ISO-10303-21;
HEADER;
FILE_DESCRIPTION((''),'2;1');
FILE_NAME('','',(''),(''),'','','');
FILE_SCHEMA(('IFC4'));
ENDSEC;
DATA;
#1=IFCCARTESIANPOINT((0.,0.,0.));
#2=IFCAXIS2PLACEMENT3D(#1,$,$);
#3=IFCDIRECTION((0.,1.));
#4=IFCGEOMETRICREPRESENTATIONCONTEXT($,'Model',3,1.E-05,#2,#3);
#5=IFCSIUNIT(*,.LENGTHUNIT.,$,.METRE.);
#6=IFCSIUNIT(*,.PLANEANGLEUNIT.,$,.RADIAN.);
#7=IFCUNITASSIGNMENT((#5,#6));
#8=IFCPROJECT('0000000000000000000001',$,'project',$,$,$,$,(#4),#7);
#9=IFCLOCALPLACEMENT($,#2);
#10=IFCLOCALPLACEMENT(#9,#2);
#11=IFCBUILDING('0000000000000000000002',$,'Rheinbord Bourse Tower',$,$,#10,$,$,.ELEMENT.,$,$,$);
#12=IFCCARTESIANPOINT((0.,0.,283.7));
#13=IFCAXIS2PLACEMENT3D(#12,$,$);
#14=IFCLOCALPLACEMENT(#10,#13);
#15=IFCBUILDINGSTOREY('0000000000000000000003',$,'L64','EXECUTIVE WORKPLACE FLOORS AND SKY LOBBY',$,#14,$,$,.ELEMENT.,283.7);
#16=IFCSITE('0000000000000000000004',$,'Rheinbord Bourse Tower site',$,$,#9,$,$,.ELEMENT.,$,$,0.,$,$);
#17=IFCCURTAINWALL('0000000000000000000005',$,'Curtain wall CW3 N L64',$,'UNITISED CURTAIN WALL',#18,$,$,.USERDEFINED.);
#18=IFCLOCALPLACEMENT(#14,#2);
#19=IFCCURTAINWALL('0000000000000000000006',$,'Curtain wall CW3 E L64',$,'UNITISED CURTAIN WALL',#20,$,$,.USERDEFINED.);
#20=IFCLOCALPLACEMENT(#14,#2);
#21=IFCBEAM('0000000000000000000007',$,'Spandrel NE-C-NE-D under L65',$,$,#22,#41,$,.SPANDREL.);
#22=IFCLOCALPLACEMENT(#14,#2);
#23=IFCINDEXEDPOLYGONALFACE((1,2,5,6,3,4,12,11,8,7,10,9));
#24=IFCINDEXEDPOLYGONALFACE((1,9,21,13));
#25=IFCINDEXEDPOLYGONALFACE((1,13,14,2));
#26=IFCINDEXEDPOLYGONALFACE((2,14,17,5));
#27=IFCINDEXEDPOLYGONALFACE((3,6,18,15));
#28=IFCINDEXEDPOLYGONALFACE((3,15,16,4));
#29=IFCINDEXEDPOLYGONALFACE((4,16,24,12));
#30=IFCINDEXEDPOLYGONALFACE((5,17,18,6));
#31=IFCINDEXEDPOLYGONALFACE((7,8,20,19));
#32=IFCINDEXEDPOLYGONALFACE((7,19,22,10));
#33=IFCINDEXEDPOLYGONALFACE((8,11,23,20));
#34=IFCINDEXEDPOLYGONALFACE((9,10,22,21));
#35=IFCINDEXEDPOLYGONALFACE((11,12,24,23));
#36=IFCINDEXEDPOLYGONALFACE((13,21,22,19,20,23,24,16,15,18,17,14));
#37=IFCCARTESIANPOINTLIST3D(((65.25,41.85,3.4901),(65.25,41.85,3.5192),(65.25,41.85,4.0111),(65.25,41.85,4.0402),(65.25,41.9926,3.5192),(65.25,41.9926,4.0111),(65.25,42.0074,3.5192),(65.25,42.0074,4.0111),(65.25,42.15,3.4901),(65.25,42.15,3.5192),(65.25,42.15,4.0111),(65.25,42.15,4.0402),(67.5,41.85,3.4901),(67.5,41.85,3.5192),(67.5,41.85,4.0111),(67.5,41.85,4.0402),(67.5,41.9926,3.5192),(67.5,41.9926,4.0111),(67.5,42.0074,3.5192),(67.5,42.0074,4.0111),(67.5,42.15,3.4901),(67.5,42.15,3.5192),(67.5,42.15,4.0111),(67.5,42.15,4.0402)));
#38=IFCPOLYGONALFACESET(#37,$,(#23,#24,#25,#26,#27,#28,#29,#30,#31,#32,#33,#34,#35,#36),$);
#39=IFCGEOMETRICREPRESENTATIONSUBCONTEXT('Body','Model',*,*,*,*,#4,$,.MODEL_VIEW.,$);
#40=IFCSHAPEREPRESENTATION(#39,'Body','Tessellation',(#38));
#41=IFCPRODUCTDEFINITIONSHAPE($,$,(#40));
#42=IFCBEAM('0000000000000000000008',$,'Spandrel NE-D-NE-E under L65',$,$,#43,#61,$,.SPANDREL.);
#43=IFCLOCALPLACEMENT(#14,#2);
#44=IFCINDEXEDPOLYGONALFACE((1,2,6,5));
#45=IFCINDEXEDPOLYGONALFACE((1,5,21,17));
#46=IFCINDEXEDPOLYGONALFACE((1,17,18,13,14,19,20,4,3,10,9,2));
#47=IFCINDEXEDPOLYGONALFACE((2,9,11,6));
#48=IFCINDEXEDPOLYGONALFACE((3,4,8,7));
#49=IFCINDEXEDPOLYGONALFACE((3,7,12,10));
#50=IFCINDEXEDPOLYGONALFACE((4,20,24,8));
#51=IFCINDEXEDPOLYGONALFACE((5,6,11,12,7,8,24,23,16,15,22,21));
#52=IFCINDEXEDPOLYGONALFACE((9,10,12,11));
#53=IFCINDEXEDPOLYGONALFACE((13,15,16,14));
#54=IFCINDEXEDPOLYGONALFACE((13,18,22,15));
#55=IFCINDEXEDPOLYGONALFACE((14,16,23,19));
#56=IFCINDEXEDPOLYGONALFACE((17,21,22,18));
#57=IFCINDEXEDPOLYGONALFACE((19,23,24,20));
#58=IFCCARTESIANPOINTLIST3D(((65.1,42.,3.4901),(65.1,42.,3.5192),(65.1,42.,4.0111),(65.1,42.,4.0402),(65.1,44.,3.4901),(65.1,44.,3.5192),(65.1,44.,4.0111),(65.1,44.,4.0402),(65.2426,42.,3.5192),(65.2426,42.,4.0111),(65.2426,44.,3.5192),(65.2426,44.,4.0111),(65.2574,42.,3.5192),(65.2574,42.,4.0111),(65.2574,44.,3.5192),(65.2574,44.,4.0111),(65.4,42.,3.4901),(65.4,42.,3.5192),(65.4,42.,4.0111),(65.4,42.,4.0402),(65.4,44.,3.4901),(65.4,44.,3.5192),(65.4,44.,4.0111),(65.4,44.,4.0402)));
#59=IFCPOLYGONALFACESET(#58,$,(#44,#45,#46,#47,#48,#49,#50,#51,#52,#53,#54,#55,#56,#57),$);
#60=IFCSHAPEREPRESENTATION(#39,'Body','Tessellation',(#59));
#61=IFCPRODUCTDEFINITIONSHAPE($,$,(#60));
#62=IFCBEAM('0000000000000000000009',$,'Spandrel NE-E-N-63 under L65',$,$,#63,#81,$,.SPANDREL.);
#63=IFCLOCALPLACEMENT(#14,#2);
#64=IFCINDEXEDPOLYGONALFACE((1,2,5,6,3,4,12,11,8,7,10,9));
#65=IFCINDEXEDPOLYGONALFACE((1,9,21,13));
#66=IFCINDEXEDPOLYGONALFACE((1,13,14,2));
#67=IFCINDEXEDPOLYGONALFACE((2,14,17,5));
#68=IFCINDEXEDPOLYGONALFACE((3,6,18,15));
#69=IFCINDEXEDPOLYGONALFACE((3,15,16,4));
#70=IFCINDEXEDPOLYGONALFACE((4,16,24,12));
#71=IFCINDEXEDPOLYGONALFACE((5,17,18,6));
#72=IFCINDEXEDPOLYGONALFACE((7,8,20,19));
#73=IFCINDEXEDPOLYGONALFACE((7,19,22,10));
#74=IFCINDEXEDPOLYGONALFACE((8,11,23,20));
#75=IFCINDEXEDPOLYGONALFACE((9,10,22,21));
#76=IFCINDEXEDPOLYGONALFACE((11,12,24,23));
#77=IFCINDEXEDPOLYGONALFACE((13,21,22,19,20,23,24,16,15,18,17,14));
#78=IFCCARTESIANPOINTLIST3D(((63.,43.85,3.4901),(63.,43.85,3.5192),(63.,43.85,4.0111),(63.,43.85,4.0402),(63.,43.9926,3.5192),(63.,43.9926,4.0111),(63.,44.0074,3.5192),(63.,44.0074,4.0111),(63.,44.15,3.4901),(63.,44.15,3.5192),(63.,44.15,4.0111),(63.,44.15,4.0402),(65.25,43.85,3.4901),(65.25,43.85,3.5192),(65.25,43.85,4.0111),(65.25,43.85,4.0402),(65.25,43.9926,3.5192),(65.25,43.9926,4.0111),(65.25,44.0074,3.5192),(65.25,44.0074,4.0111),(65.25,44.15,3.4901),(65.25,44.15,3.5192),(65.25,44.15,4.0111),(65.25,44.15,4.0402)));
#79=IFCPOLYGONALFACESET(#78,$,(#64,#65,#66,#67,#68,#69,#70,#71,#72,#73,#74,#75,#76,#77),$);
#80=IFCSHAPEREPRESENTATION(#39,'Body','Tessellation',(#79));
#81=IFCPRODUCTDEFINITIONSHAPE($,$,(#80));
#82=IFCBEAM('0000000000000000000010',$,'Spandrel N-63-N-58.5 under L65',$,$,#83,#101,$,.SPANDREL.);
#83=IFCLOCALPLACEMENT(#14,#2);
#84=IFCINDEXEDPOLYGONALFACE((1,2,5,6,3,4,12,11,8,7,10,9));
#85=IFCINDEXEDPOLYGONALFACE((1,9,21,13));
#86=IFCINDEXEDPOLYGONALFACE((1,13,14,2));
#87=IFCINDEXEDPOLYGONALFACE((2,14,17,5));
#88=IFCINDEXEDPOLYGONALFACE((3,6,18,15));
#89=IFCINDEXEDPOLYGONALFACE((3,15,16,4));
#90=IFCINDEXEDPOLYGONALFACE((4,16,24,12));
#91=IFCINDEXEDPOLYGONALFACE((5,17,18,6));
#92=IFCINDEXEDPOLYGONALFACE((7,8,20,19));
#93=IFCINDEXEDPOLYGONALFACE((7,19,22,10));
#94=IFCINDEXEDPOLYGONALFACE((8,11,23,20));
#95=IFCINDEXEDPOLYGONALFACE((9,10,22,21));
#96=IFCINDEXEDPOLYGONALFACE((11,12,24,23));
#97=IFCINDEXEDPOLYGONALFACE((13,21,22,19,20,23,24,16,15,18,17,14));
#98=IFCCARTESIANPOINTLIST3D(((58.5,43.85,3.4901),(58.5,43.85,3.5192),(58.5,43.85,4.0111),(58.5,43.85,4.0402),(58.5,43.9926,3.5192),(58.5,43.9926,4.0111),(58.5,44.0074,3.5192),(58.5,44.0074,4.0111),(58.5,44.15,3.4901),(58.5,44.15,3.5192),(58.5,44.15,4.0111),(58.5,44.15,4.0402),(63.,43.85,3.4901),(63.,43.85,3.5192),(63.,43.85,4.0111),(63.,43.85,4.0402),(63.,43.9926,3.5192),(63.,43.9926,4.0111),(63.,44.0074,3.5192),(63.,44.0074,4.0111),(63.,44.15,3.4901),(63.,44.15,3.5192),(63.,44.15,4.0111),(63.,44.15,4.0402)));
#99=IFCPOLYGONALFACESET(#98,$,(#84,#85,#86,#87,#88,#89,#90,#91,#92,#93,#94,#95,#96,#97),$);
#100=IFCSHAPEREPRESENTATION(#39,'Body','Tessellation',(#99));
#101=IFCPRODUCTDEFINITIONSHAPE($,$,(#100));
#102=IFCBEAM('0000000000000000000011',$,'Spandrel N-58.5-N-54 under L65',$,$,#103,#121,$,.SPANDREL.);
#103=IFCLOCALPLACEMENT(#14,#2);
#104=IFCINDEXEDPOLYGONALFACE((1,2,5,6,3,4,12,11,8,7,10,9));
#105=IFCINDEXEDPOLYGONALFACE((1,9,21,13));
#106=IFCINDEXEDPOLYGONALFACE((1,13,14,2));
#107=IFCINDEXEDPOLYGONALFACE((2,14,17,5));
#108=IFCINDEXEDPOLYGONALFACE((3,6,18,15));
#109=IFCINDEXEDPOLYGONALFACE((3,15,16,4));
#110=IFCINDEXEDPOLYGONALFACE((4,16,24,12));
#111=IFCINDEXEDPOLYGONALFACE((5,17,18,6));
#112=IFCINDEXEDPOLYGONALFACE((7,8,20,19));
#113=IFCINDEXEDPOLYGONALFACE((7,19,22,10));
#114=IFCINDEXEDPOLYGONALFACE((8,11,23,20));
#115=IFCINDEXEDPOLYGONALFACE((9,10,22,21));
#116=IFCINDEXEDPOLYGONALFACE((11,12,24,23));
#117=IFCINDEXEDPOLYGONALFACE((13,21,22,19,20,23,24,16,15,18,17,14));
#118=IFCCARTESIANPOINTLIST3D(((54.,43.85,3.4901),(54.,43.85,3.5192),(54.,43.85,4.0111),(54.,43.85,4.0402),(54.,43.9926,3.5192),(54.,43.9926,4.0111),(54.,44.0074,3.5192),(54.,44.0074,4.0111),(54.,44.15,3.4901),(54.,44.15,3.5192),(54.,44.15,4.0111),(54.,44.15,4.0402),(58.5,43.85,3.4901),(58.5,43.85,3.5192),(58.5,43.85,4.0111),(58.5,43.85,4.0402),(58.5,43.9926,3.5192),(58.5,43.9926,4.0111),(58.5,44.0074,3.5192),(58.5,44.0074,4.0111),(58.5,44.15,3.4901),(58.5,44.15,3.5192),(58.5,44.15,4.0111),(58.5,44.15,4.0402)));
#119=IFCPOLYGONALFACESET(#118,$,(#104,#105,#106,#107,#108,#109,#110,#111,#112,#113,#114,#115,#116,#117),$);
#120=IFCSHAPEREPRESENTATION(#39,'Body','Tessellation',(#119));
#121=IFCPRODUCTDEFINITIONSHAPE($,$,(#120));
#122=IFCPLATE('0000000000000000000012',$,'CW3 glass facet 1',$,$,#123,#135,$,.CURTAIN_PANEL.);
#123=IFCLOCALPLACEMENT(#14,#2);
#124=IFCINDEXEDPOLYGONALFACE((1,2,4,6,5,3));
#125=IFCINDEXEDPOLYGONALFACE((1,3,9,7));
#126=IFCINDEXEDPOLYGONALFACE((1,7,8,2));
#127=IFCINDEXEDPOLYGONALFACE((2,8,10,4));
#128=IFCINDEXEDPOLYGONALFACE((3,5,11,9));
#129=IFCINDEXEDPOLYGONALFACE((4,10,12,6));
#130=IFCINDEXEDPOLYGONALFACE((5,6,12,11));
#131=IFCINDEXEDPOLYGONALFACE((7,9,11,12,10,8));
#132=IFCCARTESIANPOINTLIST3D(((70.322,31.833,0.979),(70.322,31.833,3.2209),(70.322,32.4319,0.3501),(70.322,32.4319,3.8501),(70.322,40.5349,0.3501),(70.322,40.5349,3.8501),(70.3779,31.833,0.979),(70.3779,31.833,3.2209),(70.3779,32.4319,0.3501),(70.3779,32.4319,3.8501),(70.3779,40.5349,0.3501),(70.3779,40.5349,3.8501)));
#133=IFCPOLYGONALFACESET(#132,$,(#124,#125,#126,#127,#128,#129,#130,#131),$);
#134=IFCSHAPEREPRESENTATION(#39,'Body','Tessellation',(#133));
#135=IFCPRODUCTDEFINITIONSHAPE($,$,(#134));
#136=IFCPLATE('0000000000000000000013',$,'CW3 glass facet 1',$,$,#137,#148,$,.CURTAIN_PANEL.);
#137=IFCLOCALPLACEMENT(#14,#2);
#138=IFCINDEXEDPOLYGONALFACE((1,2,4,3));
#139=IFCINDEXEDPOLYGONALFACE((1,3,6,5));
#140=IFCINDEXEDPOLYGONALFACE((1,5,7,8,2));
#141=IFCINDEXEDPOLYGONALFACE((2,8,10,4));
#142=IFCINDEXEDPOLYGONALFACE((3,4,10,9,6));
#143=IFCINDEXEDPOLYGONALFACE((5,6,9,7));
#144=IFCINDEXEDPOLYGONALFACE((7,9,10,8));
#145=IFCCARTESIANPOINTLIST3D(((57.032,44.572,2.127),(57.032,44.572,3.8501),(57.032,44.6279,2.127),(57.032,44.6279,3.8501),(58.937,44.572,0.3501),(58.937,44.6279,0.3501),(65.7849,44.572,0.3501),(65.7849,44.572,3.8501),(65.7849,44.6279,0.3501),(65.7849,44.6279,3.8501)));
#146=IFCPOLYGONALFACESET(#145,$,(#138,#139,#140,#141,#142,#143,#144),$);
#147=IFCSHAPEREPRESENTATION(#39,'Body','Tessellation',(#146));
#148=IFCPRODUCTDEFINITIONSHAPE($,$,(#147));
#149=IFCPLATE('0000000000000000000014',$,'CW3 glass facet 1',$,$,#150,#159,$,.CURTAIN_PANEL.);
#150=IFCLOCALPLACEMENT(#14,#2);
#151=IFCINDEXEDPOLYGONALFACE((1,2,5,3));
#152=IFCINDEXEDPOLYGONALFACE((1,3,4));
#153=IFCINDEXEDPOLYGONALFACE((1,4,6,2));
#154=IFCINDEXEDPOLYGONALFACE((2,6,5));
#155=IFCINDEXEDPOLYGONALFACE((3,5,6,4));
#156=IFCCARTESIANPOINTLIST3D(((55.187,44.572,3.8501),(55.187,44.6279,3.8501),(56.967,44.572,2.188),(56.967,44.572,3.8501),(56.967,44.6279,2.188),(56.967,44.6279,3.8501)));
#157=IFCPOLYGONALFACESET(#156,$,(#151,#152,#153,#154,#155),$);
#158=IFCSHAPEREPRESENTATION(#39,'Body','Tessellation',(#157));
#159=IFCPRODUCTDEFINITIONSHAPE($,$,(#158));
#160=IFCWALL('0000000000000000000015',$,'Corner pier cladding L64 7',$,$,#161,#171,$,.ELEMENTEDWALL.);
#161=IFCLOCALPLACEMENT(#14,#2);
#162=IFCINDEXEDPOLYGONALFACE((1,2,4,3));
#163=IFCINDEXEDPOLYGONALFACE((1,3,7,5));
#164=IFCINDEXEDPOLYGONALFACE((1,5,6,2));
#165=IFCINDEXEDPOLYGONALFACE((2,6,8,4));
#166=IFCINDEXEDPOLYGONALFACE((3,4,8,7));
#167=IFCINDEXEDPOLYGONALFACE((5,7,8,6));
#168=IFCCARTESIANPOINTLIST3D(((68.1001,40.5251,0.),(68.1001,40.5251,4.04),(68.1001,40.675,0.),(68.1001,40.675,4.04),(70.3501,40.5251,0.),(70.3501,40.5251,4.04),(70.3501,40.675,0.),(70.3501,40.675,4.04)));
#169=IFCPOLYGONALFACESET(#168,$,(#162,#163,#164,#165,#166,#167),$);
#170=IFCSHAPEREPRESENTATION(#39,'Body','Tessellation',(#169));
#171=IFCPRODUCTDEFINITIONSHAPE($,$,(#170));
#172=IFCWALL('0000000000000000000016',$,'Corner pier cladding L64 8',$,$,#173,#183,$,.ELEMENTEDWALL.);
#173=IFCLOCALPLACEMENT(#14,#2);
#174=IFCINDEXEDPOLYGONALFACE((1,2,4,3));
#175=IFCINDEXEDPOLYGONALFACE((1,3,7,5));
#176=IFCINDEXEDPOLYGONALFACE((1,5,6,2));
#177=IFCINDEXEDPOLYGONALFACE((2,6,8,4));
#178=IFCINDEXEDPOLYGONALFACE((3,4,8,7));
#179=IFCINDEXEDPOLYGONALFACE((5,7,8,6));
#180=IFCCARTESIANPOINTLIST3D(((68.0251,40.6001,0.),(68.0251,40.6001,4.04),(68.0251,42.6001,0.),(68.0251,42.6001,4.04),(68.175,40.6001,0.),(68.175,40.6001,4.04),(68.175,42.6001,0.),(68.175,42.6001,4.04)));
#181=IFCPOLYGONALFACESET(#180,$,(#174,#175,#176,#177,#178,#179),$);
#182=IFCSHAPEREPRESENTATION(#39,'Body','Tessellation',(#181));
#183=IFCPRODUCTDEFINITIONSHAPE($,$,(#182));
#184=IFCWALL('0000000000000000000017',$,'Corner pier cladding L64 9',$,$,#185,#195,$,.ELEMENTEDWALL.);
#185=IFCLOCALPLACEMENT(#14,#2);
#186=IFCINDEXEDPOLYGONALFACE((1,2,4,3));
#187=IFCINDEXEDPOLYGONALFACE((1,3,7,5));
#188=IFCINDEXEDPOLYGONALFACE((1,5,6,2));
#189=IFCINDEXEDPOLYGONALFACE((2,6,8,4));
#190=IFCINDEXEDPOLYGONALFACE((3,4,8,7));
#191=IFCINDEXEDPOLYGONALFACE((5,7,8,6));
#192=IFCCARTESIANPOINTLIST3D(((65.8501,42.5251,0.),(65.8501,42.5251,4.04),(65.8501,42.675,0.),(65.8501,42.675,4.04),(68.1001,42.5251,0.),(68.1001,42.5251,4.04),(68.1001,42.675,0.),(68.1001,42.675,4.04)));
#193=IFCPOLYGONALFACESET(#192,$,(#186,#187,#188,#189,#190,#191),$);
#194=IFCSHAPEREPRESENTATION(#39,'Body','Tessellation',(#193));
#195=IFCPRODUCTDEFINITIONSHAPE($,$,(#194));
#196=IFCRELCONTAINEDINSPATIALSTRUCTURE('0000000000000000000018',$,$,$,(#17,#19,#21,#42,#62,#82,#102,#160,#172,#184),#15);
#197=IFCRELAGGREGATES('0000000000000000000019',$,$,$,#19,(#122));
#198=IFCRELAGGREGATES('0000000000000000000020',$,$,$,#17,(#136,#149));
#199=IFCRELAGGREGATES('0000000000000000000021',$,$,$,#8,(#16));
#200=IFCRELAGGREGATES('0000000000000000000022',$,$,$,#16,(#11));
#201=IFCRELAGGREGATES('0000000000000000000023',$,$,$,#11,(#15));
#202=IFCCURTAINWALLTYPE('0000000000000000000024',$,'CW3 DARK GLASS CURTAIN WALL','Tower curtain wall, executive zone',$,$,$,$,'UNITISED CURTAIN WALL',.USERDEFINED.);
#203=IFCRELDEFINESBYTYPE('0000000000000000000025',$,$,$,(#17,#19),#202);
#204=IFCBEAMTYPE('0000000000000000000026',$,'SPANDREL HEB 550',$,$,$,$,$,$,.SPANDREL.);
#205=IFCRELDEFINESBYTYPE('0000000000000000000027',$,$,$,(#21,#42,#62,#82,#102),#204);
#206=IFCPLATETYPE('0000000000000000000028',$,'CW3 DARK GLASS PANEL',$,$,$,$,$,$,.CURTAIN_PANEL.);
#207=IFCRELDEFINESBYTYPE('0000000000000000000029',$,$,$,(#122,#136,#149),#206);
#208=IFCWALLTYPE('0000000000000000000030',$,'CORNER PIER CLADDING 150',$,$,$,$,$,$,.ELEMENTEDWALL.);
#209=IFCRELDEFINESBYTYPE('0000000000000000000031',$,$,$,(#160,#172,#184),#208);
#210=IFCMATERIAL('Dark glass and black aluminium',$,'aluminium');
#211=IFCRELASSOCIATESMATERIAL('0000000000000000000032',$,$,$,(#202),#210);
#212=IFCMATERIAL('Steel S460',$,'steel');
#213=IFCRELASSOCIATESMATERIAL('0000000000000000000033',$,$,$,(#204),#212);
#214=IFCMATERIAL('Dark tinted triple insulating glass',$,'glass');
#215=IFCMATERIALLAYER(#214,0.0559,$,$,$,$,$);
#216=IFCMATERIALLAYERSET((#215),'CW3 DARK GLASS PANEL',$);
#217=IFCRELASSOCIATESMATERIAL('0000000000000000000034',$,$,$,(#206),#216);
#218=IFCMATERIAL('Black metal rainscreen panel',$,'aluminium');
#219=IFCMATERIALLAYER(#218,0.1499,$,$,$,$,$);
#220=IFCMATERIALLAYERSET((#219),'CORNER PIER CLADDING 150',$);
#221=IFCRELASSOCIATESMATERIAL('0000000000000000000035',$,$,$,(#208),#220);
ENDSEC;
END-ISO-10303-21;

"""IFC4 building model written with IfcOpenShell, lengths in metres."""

from ifc_helpers import new_model, si_unit, direction, frame, frame_2d, origin, origin_2d, place, context, subcontext, project, spatial, polyline, rectangle, i_section, outline, extrude, material, layer, layer_set, material_profile, profile_set, type_object, element, aggregate, save


model = new_model("IFC4")

# Units and contexts
model_context = context("Model", 3, precision=1e-05, world=origin(), true_north=direction((0.0, 1.0)))
body_context = subcontext(model_context, "Body", "Model", "MODEL_VIEW")
ifc_project = project(units=[si_unit("LENGTHUNIT", "METRE"), si_unit("PLANEANGLEUNIT", "RADIAN")], contexts=[model_context])

# Site, building, storey
site_placement = place(None, origin())
site = spatial("IfcSite", under=ifc_project, at=site_placement, Name="Rheinbord Bourse Tower site", CompositionType="ELEMENT", RefElevation=0.0)
building_placement = place(site_placement, origin())
building = spatial("IfcBuilding", under=site, at=building_placement, Name="Rheinbord Bourse Tower", CompositionType="ELEMENT")
storey_placement = place(building_placement, frame((0.0, 0.0, 283.7)))
storey = spatial("IfcBuildingStorey", under=building, at=storey_placement, Name="L64", Description="EXECUTIVE WORKPLACE FLOORS AND SKY LOBBY", CompositionType="ELEMENT", Elevation=283.7)

# Curtain walls
ifc_material_1 = material(Name="Dark glass and black aluminium", Category="aluminium")
curtain_wall_type = type_object("IfcCurtainWallType", Name="CW3 DARK GLASS CURTAIN WALL", Description="Tower curtain wall, executive zone", ElementType="UNITISED CURTAIN WALL", PredefinedType="USERDEFINED", material=ifc_material_1)
curtain_wall_1_placement = place(storey_placement, origin())
curtain_wall_1 = element("IfcCurtainWall", 1, at=curtain_wall_1_placement, inside=storey, type_object=curtain_wall_type, Name="Curtain wall CW3 N L64", ObjectType="UNITISED CURTAIN WALL", PredefinedType="USERDEFINED")
curtain_wall_2_placement = place(storey_placement, origin())
curtain_wall_2 = element("IfcCurtainWall", 2, at=curtain_wall_2_placement, inside=storey, type_object=curtain_wall_type, Name="Curtain wall CW3 E L64", ObjectType="UNITISED CURTAIN WALL", PredefinedType="USERDEFINED")

# Beams
ifc_material_2 = material(Name="Steel S460", Category="steel")
ifc_material_profile_1 = material_profile(ifc_material_2, i_section(OverallWidth=0.3, OverallDepth=0.55, WebThickness=0.0149, FlangeThickness=0.0291, at=origin_2d()), Name="HEB 550")
ifc_profile_set_1 = profile_set([ifc_material_profile_1], Name="Steel S460")
beam_type_1 = type_object("IfcBeamType", Name="SPANDREL HEB 550", PredefinedType="SPANDREL", material=ifc_profile_set_1)
for number, where, z_axis, x_axis, name in (
    (3, (67.5, 42.0, 3.7651), (-1.0, 0.0, 0.0), (0.0, -1.0, 0.0), "Spandrel NE-C-NE-D under L65"),
):
    element("IfcBeam", number, at=place(storey_placement, frame(where, z_axis=z_axis, x_axis=x_axis)), inside=storey, type_object=beam_type_1, Name=name, PredefinedType="SPANDREL", context=body_context, shape_type="SweptSolid", body=[
        extrude(i_section(OverallWidth=0.3, OverallDepth=0.55, WebThickness=0.0149, FlangeThickness=0.0291, at=origin_2d()), origin(), (0.0, 0.0, 1.0), 2.25),
    ])
beam_1_placement = place(storey_placement, frame((65.25, 42.0, 3.7651), z_axis=(0.0, 1.0, 0.0), x_axis=(-1.0, 0.0, 0.0)))
element("IfcBeam", 4, at=beam_1_placement, inside=storey, type_object=beam_type_1, Name="Spandrel NE-D-NE-E under L65", PredefinedType="SPANDREL", context=body_context, shape_type="SweptSolid", body=[
    extrude(i_section(OverallWidth=0.3, OverallDepth=0.55, WebThickness=0.0149, FlangeThickness=0.0291, at=origin_2d()), origin(), (0.0, 0.0, 1.0), 2.0),
])
beam_2_placement = place(storey_placement, frame((65.25, 44.0, 3.7651), z_axis=(-1.0, 0.0, 0.0), x_axis=(0.0, -1.0, 0.0)))
element("IfcBeam", 5, at=beam_2_placement, inside=storey, type_object=beam_type_1, Name="Spandrel NE-E-N-63 under L65", PredefinedType="SPANDREL", context=body_context, shape_type="SweptSolid", body=[
    extrude(i_section(OverallWidth=0.3, OverallDepth=0.55, WebThickness=0.0149, FlangeThickness=0.0291, at=origin_2d()), origin(), (0.0, 0.0, 1.0), 2.25),
])
for number, where, z_axis, x_axis, name in (
    (6, (63.0, 44.0, 3.7651), (-1.0, 0.0, 0.0), (0.0, -1.0, 0.0), "Spandrel N-63-N-58.5 under L65"),
    (7, (58.5, 44.0, 3.7651), (-1.0, 0.0, 0.0), (0.0, -1.0, 0.0), "Spandrel N-58.5-N-54 under L65"),
):
    element("IfcBeam", number, at=place(storey_placement, frame(where, z_axis=z_axis, x_axis=x_axis)), inside=storey, type_object=beam_type_1, Name=name, PredefinedType="SPANDREL", context=body_context, shape_type="SweptSolid", body=[
        extrude(i_section(OverallWidth=0.3, OverallDepth=0.55, WebThickness=0.0149, FlangeThickness=0.0291, at=origin_2d()), origin(), (0.0, 0.0, 1.0), 4.5),
    ])

# Plates
ifc_material_3 = material(Name="Dark tinted triple insulating glass", Category="glass")
ifc_layer_1 = layer(ifc_material_3, 0.0559)
ifc_layer_set_1 = layer_set([ifc_layer_1], Name="CW3 DARK GLASS PANEL")
plate_type = type_object("IfcPlateType", Name="CW3 DARK GLASS PANEL", PredefinedType="CURTAIN_PANEL", material=ifc_layer_set_1)
plate_1_placement = place(storey_placement, frame((70.3779, 40.5349, 3.8501), z_axis=(-1.0, 0.0, 0.0), x_axis=(0.0, 0.0, -1.0)))
plate_1 = element("IfcPlate", 8, at=plate_1_placement, type_object=plate_type, Name="CW3 glass facet 1", PredefinedType="CURTAIN_PANEL", context=body_context, shape_type="SweptSolid", body=[
    extrude(outline(polyline([(0.0, 0.0), (3.5, 0.0), (3.5, 8.103), (2.8711, 8.7019), (0.6292, 8.7019), (0.0, 8.103), (0.0, 0.0)])), origin(), (0.0, 0.0, 1.0), 0.0559),
])
aggregate(curtain_wall_2, [plate_1])
plate_2_placement = place(storey_placement, frame((65.7849, 44.6279, 0.3501), z_axis=(0.0, -1.0, 0.0), x_axis=(0.0, 0.0, 1.0)))
plate_2 = element("IfcPlate", 9, at=plate_2_placement, type_object=plate_type, Name="CW3 glass facet 1", PredefinedType="CURTAIN_PANEL", context=body_context, shape_type="SweptSolid", body=[
    extrude(outline(polyline([(0.0, 0.0), (3.5, 0.0), (3.5, 8.7529), (1.7769, 8.7529), (0.0, 6.8479), (0.0, 0.0)])), origin(), (0.0, 0.0, 1.0), 0.0559),
])
plate_3_placement = place(storey_placement, frame((56.967, 44.6279, 3.8501), z_axis=(0.0, -1.0, 0.0), x_axis=(-1.0, 0.0, 0.0)))
plate_3 = element("IfcPlate", 10, at=plate_3_placement, type_object=plate_type, Name="CW3 glass facet 1", PredefinedType="CURTAIN_PANEL", context=body_context, shape_type="SweptSolid", body=[
    extrude(outline(polyline([(0.0, 0.0), (1.78, 0.0), (0.0, 1.6621), (0.0, 0.0)])), origin(), (0.0, 0.0, 1.0), 0.0559),
])
aggregate(curtain_wall_1, [plate_2, plate_3])

# Walls
ifc_material_4 = material(Name="Black metal rainscreen panel", Category="aluminium")
ifc_layer_2 = layer(ifc_material_4, 0.1499)
ifc_layer_set_2 = layer_set([ifc_layer_2], Name="CORNER PIER CLADDING 150")
wall_type = type_object("IfcWallType", Name="CORNER PIER CLADDING 150", PredefinedType="ELEMENTEDWALL", material=ifc_layer_set_2)
wall_1_placement = place(storey_placement, frame((70.3501, 40.6001, 0.0), z_axis=(0.0, 0.0, 1.0), x_axis=(-1.0, 0.0, 0.0)))
element("IfcWall", 11, at=wall_1_placement, inside=storey, type_object=wall_type, Name="Corner pier cladding L64 7", PredefinedType="ELEMENTEDWALL", context=body_context, shape_type="SweptSolid", body=[
    extrude(rectangle(XDim=2.25, YDim=0.1499, at=frame_2d((1.125, 0.0))), origin(), (0.0, 0.0, 1.0), 4.04),
])
wall_2_placement = place(storey_placement, frame((68.1001, 40.6001, 0.0), z_axis=(0.0, 0.0, 1.0), x_axis=(0.0, 1.0, 0.0)))
element("IfcWall", 12, at=wall_2_placement, inside=storey, type_object=wall_type, Name="Corner pier cladding L64 8", PredefinedType="ELEMENTEDWALL", context=body_context, shape_type="SweptSolid", body=[
    extrude(rectangle(XDim=2.0, YDim=0.1499, at=frame_2d((1.0, 0.0))), origin(), (0.0, 0.0, 1.0), 4.04),
])
wall_3_placement = place(storey_placement, frame((68.1001, 42.6001, 0.0), z_axis=(0.0, 0.0, 1.0), x_axis=(-1.0, 0.0, 0.0)))
element("IfcWall", 13, at=wall_3_placement, inside=storey, type_object=wall_type, Name="Corner pier cladding L64 9", PredefinedType="ELEMENTEDWALL", context=body_context, shape_type="SweptSolid", body=[
    extrude(rectangle(XDim=2.25, YDim=0.1499, at=frame_2d((1.125, 0.0))), origin(), (0.0, 0.0, 1.0), 4.04),
])

save(model, "model.ifc")
